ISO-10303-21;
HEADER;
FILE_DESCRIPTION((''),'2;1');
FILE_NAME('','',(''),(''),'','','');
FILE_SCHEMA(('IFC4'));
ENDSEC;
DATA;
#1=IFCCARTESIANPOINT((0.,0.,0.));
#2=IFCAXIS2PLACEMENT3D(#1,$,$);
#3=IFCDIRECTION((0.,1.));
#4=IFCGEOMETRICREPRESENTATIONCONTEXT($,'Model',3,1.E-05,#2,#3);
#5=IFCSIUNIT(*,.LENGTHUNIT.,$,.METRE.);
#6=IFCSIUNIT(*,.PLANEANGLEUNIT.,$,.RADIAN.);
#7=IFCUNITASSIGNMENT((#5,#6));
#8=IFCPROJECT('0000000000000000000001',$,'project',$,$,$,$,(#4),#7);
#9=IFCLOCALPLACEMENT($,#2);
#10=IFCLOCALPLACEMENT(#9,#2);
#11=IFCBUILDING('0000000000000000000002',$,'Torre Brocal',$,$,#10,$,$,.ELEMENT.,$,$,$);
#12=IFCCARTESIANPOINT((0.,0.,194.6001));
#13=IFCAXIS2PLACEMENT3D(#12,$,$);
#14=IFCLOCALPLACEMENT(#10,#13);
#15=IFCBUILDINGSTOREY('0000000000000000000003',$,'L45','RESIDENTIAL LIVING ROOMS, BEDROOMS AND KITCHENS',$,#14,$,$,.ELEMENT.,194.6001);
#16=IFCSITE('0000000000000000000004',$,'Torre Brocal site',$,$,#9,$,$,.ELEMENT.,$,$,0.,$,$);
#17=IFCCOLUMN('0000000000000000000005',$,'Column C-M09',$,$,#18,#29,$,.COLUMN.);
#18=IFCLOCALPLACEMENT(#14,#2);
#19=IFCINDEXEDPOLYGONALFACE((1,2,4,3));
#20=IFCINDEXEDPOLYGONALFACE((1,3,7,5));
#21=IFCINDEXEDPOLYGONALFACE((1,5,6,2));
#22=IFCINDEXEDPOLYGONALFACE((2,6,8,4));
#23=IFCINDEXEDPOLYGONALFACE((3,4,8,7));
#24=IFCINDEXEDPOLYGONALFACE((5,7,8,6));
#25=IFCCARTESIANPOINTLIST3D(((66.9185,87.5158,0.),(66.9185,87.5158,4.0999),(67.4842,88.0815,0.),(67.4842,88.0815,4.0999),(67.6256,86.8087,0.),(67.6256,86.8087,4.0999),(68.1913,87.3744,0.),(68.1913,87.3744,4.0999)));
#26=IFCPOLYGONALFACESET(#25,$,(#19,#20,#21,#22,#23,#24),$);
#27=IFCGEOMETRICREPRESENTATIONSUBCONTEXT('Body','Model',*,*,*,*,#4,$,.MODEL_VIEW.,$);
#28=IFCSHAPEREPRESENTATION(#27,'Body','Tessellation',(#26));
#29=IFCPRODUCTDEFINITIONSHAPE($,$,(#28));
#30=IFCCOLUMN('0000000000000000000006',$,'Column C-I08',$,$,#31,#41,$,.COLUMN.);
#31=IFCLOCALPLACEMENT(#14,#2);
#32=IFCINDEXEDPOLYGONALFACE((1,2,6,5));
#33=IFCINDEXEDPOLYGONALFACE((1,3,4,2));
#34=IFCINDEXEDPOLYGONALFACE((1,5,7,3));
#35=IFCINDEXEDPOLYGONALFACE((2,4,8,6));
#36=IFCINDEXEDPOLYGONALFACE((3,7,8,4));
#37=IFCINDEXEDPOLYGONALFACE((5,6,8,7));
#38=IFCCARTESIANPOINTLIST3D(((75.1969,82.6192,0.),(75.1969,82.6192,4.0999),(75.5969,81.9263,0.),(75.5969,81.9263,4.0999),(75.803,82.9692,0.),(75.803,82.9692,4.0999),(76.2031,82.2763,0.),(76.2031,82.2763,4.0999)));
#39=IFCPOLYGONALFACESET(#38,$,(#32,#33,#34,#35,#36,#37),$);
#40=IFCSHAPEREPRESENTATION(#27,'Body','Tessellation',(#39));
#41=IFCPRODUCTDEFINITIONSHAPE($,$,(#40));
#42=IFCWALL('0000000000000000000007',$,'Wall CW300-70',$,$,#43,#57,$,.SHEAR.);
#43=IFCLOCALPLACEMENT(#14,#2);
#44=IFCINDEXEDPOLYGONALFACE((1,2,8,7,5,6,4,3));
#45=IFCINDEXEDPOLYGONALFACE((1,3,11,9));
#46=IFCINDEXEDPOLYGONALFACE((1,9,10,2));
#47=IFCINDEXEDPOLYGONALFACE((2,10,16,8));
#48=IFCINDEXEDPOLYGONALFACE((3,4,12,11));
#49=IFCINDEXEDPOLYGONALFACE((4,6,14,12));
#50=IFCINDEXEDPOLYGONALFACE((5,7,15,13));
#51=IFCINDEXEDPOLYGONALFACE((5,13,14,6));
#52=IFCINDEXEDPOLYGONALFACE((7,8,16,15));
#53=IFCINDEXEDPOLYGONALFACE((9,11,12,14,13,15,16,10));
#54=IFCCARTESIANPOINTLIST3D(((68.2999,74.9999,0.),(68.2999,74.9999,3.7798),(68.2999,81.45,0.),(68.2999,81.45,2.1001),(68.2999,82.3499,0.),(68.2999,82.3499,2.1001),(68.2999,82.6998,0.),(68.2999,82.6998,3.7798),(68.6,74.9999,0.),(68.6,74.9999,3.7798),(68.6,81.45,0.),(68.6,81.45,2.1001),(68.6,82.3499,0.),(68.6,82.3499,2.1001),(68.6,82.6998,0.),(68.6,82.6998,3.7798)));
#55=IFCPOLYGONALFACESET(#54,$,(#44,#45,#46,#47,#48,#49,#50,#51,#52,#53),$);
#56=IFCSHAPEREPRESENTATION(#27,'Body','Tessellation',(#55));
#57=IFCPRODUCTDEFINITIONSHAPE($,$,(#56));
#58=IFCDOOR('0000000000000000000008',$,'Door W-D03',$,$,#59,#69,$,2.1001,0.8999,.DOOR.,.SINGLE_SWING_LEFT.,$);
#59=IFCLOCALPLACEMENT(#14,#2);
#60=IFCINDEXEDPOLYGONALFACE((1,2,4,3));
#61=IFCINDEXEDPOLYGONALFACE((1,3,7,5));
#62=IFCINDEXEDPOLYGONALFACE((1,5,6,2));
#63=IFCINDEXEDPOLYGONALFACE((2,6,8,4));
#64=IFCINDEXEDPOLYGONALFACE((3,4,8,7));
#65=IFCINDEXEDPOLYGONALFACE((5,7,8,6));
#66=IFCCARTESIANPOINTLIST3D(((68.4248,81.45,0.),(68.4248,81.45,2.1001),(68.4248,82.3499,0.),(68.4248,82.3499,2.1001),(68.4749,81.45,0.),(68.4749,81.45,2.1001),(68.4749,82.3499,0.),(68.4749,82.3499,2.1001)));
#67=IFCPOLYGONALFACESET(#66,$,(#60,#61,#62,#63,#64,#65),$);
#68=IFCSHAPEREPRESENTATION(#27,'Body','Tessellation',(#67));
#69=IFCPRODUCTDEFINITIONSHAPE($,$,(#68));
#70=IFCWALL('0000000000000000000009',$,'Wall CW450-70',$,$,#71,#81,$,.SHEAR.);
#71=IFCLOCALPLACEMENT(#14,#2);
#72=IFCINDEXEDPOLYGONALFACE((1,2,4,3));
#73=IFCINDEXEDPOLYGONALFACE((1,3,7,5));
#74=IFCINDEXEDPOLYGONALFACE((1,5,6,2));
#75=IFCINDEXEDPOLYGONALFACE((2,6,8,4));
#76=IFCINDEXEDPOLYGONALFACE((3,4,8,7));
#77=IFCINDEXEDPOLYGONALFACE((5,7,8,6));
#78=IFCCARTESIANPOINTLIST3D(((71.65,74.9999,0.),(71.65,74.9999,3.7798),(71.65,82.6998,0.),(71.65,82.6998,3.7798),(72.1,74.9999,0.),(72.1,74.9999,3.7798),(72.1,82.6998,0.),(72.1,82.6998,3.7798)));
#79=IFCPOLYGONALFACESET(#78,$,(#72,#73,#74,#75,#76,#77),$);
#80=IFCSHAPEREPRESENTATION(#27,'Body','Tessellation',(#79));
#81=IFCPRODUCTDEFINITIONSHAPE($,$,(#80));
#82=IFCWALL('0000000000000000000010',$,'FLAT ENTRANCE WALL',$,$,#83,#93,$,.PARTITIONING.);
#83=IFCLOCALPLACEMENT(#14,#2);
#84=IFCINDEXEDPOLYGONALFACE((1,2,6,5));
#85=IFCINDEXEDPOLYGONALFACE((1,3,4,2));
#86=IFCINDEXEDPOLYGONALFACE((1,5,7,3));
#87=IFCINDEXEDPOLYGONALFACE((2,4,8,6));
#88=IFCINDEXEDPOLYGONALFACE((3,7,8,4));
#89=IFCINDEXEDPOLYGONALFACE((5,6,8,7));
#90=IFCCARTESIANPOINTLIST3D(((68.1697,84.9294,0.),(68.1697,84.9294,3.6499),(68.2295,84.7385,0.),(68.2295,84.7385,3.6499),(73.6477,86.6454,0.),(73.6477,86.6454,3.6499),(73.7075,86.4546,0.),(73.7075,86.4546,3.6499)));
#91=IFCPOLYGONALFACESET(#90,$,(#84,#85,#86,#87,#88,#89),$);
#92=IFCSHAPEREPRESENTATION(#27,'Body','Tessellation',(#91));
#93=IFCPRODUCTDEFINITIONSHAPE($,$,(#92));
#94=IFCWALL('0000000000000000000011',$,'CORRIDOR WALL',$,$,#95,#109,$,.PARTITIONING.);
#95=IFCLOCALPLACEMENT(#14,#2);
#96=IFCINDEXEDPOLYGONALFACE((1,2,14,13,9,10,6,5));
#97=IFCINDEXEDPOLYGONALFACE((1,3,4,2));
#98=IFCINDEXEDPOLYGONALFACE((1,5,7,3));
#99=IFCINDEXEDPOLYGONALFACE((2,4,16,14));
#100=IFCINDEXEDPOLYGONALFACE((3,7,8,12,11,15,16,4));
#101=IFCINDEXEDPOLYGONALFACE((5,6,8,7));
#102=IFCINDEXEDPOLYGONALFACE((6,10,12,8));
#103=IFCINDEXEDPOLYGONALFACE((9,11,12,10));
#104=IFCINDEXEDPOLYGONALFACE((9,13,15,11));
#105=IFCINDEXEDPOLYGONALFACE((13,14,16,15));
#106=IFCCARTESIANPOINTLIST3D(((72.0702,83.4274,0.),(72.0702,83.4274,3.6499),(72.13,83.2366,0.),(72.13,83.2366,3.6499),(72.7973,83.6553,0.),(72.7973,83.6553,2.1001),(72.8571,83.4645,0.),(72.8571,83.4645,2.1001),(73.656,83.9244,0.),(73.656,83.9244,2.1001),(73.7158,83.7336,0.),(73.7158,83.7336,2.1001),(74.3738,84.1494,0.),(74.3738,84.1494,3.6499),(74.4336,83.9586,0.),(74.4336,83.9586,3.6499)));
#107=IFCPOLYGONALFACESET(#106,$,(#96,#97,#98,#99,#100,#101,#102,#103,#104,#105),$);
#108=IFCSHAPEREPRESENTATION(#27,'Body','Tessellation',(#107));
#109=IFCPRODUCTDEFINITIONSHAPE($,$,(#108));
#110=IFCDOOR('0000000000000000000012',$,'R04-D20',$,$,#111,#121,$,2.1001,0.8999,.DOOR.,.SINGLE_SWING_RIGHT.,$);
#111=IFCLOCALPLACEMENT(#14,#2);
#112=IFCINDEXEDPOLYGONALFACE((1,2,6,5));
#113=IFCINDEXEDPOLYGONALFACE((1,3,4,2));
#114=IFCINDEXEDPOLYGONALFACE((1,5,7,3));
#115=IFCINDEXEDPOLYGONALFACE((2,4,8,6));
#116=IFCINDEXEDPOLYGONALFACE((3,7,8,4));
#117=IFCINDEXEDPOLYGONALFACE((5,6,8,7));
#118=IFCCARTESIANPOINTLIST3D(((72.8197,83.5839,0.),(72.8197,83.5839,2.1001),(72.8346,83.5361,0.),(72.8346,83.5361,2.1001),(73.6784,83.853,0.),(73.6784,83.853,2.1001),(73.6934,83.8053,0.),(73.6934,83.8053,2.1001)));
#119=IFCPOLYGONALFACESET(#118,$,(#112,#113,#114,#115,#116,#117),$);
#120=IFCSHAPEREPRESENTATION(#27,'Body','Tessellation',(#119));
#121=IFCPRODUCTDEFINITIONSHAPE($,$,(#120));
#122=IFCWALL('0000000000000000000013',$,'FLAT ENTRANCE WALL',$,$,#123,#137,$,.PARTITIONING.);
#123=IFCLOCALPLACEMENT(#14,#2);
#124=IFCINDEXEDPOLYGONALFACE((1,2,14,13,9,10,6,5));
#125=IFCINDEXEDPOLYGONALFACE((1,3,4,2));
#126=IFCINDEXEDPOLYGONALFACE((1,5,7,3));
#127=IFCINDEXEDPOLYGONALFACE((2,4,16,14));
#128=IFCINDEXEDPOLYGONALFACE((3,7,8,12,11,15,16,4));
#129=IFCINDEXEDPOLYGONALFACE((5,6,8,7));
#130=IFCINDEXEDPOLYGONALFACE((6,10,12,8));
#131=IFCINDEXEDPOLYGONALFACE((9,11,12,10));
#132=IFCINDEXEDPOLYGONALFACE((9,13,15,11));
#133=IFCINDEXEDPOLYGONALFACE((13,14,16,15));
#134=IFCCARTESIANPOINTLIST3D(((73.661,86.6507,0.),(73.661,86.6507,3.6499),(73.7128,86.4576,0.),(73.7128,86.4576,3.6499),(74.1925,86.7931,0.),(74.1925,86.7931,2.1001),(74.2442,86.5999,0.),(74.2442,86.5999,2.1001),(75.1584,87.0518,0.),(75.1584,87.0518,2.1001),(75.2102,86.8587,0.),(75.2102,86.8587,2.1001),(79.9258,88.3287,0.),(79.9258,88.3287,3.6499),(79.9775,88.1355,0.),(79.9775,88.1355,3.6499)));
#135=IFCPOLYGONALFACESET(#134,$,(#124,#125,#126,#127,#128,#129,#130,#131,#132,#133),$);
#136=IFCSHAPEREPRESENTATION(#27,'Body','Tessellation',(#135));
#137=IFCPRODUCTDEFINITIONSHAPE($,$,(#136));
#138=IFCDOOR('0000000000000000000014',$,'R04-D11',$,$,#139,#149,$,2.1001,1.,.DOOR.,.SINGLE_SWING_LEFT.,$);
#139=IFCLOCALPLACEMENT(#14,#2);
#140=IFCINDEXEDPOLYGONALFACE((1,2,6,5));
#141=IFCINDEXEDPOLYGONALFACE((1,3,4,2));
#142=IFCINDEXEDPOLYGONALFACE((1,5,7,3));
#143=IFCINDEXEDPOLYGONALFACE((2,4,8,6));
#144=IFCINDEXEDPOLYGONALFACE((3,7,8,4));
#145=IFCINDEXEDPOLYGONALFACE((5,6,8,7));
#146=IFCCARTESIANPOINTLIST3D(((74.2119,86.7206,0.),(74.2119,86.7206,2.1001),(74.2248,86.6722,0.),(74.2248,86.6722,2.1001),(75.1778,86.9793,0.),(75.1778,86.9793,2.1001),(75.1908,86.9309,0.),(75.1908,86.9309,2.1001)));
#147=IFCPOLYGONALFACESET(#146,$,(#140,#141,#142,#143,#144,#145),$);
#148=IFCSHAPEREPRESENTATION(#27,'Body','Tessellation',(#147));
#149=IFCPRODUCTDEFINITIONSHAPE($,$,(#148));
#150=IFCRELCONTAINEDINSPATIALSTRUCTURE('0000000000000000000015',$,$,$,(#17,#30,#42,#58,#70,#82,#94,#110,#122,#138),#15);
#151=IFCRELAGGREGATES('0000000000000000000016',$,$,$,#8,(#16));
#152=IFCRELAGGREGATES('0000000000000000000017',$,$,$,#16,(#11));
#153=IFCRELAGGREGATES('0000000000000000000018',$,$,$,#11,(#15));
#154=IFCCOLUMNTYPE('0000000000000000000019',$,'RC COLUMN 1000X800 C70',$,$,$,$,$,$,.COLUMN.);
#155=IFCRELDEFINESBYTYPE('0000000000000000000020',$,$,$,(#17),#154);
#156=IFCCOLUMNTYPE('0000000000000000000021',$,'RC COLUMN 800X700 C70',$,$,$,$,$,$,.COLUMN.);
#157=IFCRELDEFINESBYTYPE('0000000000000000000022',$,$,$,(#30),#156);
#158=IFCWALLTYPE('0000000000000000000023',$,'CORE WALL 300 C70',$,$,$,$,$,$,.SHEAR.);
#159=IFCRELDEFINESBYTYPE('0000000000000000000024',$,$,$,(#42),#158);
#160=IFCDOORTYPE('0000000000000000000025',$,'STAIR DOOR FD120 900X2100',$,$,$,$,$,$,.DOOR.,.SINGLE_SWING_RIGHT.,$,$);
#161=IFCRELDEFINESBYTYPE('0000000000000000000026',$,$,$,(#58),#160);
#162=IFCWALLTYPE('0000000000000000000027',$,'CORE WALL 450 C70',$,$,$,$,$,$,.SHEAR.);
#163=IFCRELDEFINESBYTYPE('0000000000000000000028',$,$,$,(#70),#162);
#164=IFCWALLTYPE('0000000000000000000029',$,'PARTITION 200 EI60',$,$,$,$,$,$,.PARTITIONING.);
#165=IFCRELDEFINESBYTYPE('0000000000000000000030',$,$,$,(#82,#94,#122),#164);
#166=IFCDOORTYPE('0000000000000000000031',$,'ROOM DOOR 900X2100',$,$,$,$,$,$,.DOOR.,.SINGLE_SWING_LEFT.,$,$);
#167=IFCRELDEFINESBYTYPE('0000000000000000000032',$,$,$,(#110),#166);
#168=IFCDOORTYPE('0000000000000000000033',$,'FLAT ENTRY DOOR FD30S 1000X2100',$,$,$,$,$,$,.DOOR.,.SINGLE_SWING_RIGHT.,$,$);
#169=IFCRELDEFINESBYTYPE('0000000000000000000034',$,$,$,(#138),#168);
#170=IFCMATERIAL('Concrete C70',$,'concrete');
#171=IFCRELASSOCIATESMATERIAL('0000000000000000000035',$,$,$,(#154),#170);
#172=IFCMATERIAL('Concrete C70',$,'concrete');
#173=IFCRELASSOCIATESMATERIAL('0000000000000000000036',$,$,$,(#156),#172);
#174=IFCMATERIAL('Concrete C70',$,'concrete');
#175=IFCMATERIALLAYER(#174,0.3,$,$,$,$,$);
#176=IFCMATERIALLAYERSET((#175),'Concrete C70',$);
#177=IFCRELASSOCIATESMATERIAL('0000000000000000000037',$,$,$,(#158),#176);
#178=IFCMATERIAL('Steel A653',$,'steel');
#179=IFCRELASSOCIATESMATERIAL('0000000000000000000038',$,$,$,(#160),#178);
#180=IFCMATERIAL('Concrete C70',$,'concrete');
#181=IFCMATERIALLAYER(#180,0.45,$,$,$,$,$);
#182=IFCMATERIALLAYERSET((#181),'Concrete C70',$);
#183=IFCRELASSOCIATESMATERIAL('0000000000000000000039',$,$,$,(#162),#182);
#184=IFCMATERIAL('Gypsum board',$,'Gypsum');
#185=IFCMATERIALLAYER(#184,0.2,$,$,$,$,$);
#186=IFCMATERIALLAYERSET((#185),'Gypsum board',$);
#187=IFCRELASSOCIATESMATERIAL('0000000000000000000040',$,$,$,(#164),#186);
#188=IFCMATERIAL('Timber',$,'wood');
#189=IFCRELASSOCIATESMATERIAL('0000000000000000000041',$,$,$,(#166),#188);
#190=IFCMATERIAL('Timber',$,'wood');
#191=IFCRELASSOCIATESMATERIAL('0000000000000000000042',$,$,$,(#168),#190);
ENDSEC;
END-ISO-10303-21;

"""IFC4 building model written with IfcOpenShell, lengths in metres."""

from ifc_helpers import new_model, si_unit, direction, frame, frame_2d, origin, origin_2d, place, context, subcontext, project, spatial, rectangle, extrude, material, layer, layer_set, material_profile, profile_set, type_object, element, fill, save


model = new_model("IFC4")

# Units and contexts
model_context = context("Model", 3, precision=1e-05, world=origin(), true_north=direction((0.0, 1.0)))
body_context = subcontext(model_context, "Body", "Model", "MODEL_VIEW")
ifc_project = project(units=[si_unit("LENGTHUNIT", "METRE"), si_unit("PLANEANGLEUNIT", "RADIAN")], contexts=[model_context])

# Site, building, storey
site_placement = place(None, origin())
site = spatial("IfcSite", under=ifc_project, at=site_placement, Name="Torre Brocal site", CompositionType="ELEMENT", RefElevation=0.0)
building_placement = place(site_placement, origin())
building = spatial("IfcBuilding", under=site, at=building_placement, Name="Torre Brocal", CompositionType="ELEMENT")
storey_placement = place(building_placement, frame((0.0, 0.0, 194.6001)))
storey = spatial("IfcBuildingStorey", under=building, at=storey_placement, Name="L45", Description="RESIDENTIAL LIVING ROOMS, BEDROOMS AND KITCHENS", CompositionType="ELEMENT", Elevation=194.6001)

# Columns
ifc_material_1 = material(Name="Concrete C70", Category="concrete")
ifc_material_profile_1 = material_profile(ifc_material_1, rectangle(XDim=1.0, YDim=0.8, at=origin_2d()), Name="RC 1000X800")
ifc_profile_set_1 = profile_set([ifc_material_profile_1], Name="Concrete C70")
column_type_1 = type_object("IfcColumnType", Name="RC COLUMN 1000X800 C70", PredefinedType="COLUMN", material=ifc_profile_set_1)
column_1_placement = place(storey_placement, frame((67.5549, 87.4451, 0.0), z_axis=(0.0, 0.0, 1.0), x_axis=(-0.707107, 0.707107, 0.0)))
element("IfcColumn", 1, at=column_1_placement, inside=storey, type_object=column_type_1, Name="Column C-M09", PredefinedType="COLUMN", context=body_context, shape_type="SweptSolid", body=[
    extrude(rectangle(XDim=1.0, YDim=0.8, at=origin_2d()), origin(), (0.0, 0.0, 1.0), 4.0999),
])
ifc_material_2 = material(Name="Concrete C70", Category="concrete")
ifc_material_profile_2 = material_profile(ifc_material_2, rectangle(XDim=0.8, YDim=0.7, at=origin_2d()), Name="RC 800X700")
ifc_profile_set_2 = profile_set([ifc_material_profile_2], Name="Concrete C70")
column_type_2 = type_object("IfcColumnType", Name="RC COLUMN 800X700 C70", PredefinedType="COLUMN", material=ifc_profile_set_2)
column_2_placement = place(storey_placement, frame((75.7, 82.4478, 0.0), z_axis=(0.0, 0.0, 1.0), x_axis=(-0.5, 0.866025, 0.0)))
element("IfcColumn", 2, at=column_2_placement, inside=storey, type_object=column_type_2, Name="Column C-I08", PredefinedType="COLUMN", context=body_context, shape_type="SweptSolid", body=[
    extrude(rectangle(XDim=0.8, YDim=0.7, at=origin_2d()), origin(), (0.0, 0.0, 1.0), 4.0999),
])

# Wall, opening, door
ifc_material_3 = material(Name="Concrete C70", Category="concrete")
ifc_layer_1 = layer(ifc_material_3, 0.3)
ifc_layer_set_1 = layer_set([ifc_layer_1], Name="Concrete C70")
wall_type_1 = type_object("IfcWallType", Name="CORE WALL 300 C70", PredefinedType="SHEAR", material=ifc_layer_set_1)
wall_1_placement = place(storey_placement, frame((68.45, 82.7, 0.0), z_axis=(0.0, 0.0, 1.0), x_axis=(0.0, -1.0, 0.0)))
wall_1 = element("IfcWall", 3, at=wall_1_placement, inside=storey, type_object=wall_type_1, Name="Wall CW300-70", PredefinedType="SHEAR", context=body_context, shape_type="SweptSolid", body=[
    extrude(rectangle(XDim=7.7, YDim=0.3, at=frame_2d((3.8501, 0.0))), origin(), (0.0, 0.0, 1.0), 3.7798),
])
opening_1_placement = place(wall_1_placement, frame((0.3501, 0.0, 0.0)))
opening_1 = element("IfcOpeningElement", 4, at=opening_1_placement, cuts=wall_1, PredefinedType="OPENING", context=body_context, shape_type="SweptSolid", body=[
    extrude(rectangle(XDim=0.8999, YDim=2.1001, at=frame_2d((0.45, 1.05))), frame((0.0, 0.1599, 0.0), z_axis=(0.0, -1.0, 0.0), x_axis=(1.0, 0.0, 0.0)), (0.0, 0.0, 1.0), 0.3201),
])
ifc_material_4 = material(Name="Steel A653", Category="steel")
door_type_1 = type_object("IfcDoorType", Name="STAIR DOOR FD120 900X2100", OperationType="SINGLE_SWING_RIGHT", PredefinedType="DOOR", material=ifc_material_4)
door_1_placement = place(opening_1_placement, origin())
door_1 = element("IfcDoor", 5, at=door_1_placement, inside=storey, type_object=door_type_1, Name="Door W-D03", OperationType="SINGLE_SWING_LEFT", OverallHeight=2.1001, OverallWidth=0.8999, PredefinedType="DOOR", context=body_context, shape_type="SweptSolid", body=[
    extrude(rectangle(XDim=0.8999, YDim=2.1001, at=frame_2d((0.45, 1.05))), frame((0.0, 0.0249, 0.0), z_axis=(0.0, -1.0, 0.0), x_axis=(1.0, 0.0, 0.0)), (0.0, 0.0, 1.0), 0.05),
])
fill(opening_1, door_1)

# Wall
ifc_material_5 = material(Name="Concrete C70", Category="concrete")
ifc_layer_2 = layer(ifc_material_5, 0.45)
ifc_layer_set_2 = layer_set([ifc_layer_2], Name="Concrete C70")
wall_type_2 = type_object("IfcWallType", Name="CORE WALL 450 C70", PredefinedType="SHEAR", material=ifc_layer_set_2)
wall_2_placement = place(storey_placement, frame((71.875, 82.7, 0.0), z_axis=(0.0, 0.0, 1.0), x_axis=(0.0, -1.0, 0.0)))
element("IfcWall", 6, at=wall_2_placement, inside=storey, type_object=wall_type_2, Name="Wall CW450-70", PredefinedType="SHEAR", context=body_context, shape_type="SweptSolid", body=[
    extrude(rectangle(XDim=7.7, YDim=0.45, at=frame_2d((3.8501, 0.0))), origin(), (0.0, 0.0, 1.0), 3.7798),
])

# Wall
ifc_material_6 = material(Name="Gypsum board", Category="Gypsum")
ifc_layer_3 = layer(ifc_material_6, 0.2)
ifc_layer_set_3 = layer_set([ifc_layer_3], Name="Gypsum board")
wall_type_3 = type_object("IfcWallType", Name="PARTITION 200 EI60", PredefinedType="PARTITIONING", material=ifc_layer_set_3)
wall_3_placement = place(storey_placement, frame((68.1997, 84.834, 0.0), z_axis=(0.0, 0.0, 1.0), x_axis=(0.954272, 0.298938, 0.0)))
element("IfcWall", 7, at=wall_3_placement, inside=storey, type_object=wall_type_3, Name="FLAT ENTRANCE WALL", PredefinedType="PARTITIONING", context=body_context, shape_type="SweptSolid", body=[
    extrude(rectangle(XDim=5.7405, YDim=0.2, at=frame_2d((2.8701, 0.0))), origin(), (0.0, 0.0, 1.0), 3.6499),
])

# Walls, openings, doors
wall_4_placement = place(storey_placement, frame((72.1001, 83.332, 0.0), z_axis=(0.0, 0.0, 1.0), x_axis=(0.954233, 0.299064, 0.0)))
wall_4 = element("IfcWall", 8, at=wall_4_placement, inside=storey, type_object=wall_type_3, Name="CORRIDOR WALL", PredefinedType="PARTITIONING", context=body_context, shape_type="SweptSolid", body=[
    extrude(rectangle(XDim=2.4141, YDim=0.2, at=frame_2d((1.207, 0.0))), origin(), (0.0, 0.0, 1.0), 3.6499),
])
opening_2_placement = place(wall_4_placement, frame((0.762, 0.0, 0.0)))
opening_2 = element("IfcOpeningElement", 9, at=opening_2_placement, cuts=wall_4, PredefinedType="OPENING", context=body_context, shape_type="SweptSolid", body=[
    extrude(rectangle(XDim=0.8999, YDim=2.1001, at=frame_2d((0.45, 1.05))), frame((0.0, 0.1099, 0.0), z_axis=(0.0, -1.0, 0.0), x_axis=(1.0, 0.0, 0.0)), (0.0, 0.0, 1.0), 0.22),
])
ifc_material_7 = material(Name="Timber", Category="wood")
door_type_2 = type_object("IfcDoorType", Name="ROOM DOOR 900X2100", OperationType="SINGLE_SWING_LEFT", PredefinedType="DOOR", material=ifc_material_7)
door_2_placement = place(opening_2_placement, frame((0.8999, 0.0, 0.0), z_axis=(0.0, 0.0, 1.0), x_axis=(-1.0, 0.0, 0.0)))
door_2 = element("IfcDoor", 10, at=door_2_placement, inside=storey, type_object=door_type_2, Name="R04-D20", OperationType="SINGLE_SWING_RIGHT", OverallHeight=2.1001, OverallWidth=0.8999, PredefinedType="DOOR", context=body_context, shape_type="SweptSolid", body=[
    extrude(rectangle(XDim=0.8999, YDim=2.1001, at=frame_2d((0.45, 1.05))), frame((0.0, 0.0249, 0.0), z_axis=(0.0, -1.0, 0.0), x_axis=(1.0, 0.0, 0.0)), (0.0, 0.0, 1.0), 0.05),
])
fill(opening_2, door_2)
wall_5_placement = place(storey_placement, frame((73.687, 86.5542, 0.0), z_axis=(0.0, 0.0, 1.0), x_axis=(0.965953, 0.258719, 0.0)))
wall_5 = element("IfcWall", 11, at=wall_5_placement, inside=storey, type_object=wall_type_3, Name="FLAT ENTRANCE WALL", PredefinedType="PARTITIONING", context=body_context, shape_type="SweptSolid", body=[
    extrude(rectangle(XDim=6.4856, YDim=0.2, at=frame_2d((3.2427, 0.0))), origin(), (0.0, 0.0, 1.0), 3.6499),
])
opening_3_placement = place(wall_5_placement, frame((0.55, 0.0, 0.0)))
opening_3 = element("IfcOpeningElement", 12, at=opening_3_placement, cuts=wall_5, PredefinedType="OPENING", context=body_context, shape_type="SweptSolid", body=[
    extrude(rectangle(XDim=1.0, YDim=2.1001, at=frame_2d((0.5, 1.05))), frame((0.0, 0.1099, 0.0), z_axis=(0.0, -1.0, 0.0), x_axis=(1.0, 0.0, 0.0)), (0.0, 0.0, 1.0), 0.22),
])
ifc_material_8 = material(Name="Timber", Category="wood")
door_type_3 = type_object("IfcDoorType", Name="FLAT ENTRY DOOR FD30S 1000X2100", OperationType="SINGLE_SWING_RIGHT", PredefinedType="DOOR", material=ifc_material_8)
door_3_placement = place(opening_3_placement, origin())
door_3 = element("IfcDoor", 13, at=door_3_placement, inside=storey, type_object=door_type_3, Name="R04-D11", OperationType="SINGLE_SWING_LEFT", OverallHeight=2.1001, OverallWidth=1.0, PredefinedType="DOOR", context=body_context, shape_type="SweptSolid", body=[
    extrude(rectangle(XDim=1.0, YDim=2.1001, at=frame_2d((0.5, 1.05))), frame((0.0, 0.0249, 0.0), z_axis=(0.0, -1.0, 0.0), x_axis=(1.0, 0.0, 0.0)), (0.0, 0.0, 1.0), 0.05),
])
fill(opening_3, door_3)

save(model, "model.ifc")
